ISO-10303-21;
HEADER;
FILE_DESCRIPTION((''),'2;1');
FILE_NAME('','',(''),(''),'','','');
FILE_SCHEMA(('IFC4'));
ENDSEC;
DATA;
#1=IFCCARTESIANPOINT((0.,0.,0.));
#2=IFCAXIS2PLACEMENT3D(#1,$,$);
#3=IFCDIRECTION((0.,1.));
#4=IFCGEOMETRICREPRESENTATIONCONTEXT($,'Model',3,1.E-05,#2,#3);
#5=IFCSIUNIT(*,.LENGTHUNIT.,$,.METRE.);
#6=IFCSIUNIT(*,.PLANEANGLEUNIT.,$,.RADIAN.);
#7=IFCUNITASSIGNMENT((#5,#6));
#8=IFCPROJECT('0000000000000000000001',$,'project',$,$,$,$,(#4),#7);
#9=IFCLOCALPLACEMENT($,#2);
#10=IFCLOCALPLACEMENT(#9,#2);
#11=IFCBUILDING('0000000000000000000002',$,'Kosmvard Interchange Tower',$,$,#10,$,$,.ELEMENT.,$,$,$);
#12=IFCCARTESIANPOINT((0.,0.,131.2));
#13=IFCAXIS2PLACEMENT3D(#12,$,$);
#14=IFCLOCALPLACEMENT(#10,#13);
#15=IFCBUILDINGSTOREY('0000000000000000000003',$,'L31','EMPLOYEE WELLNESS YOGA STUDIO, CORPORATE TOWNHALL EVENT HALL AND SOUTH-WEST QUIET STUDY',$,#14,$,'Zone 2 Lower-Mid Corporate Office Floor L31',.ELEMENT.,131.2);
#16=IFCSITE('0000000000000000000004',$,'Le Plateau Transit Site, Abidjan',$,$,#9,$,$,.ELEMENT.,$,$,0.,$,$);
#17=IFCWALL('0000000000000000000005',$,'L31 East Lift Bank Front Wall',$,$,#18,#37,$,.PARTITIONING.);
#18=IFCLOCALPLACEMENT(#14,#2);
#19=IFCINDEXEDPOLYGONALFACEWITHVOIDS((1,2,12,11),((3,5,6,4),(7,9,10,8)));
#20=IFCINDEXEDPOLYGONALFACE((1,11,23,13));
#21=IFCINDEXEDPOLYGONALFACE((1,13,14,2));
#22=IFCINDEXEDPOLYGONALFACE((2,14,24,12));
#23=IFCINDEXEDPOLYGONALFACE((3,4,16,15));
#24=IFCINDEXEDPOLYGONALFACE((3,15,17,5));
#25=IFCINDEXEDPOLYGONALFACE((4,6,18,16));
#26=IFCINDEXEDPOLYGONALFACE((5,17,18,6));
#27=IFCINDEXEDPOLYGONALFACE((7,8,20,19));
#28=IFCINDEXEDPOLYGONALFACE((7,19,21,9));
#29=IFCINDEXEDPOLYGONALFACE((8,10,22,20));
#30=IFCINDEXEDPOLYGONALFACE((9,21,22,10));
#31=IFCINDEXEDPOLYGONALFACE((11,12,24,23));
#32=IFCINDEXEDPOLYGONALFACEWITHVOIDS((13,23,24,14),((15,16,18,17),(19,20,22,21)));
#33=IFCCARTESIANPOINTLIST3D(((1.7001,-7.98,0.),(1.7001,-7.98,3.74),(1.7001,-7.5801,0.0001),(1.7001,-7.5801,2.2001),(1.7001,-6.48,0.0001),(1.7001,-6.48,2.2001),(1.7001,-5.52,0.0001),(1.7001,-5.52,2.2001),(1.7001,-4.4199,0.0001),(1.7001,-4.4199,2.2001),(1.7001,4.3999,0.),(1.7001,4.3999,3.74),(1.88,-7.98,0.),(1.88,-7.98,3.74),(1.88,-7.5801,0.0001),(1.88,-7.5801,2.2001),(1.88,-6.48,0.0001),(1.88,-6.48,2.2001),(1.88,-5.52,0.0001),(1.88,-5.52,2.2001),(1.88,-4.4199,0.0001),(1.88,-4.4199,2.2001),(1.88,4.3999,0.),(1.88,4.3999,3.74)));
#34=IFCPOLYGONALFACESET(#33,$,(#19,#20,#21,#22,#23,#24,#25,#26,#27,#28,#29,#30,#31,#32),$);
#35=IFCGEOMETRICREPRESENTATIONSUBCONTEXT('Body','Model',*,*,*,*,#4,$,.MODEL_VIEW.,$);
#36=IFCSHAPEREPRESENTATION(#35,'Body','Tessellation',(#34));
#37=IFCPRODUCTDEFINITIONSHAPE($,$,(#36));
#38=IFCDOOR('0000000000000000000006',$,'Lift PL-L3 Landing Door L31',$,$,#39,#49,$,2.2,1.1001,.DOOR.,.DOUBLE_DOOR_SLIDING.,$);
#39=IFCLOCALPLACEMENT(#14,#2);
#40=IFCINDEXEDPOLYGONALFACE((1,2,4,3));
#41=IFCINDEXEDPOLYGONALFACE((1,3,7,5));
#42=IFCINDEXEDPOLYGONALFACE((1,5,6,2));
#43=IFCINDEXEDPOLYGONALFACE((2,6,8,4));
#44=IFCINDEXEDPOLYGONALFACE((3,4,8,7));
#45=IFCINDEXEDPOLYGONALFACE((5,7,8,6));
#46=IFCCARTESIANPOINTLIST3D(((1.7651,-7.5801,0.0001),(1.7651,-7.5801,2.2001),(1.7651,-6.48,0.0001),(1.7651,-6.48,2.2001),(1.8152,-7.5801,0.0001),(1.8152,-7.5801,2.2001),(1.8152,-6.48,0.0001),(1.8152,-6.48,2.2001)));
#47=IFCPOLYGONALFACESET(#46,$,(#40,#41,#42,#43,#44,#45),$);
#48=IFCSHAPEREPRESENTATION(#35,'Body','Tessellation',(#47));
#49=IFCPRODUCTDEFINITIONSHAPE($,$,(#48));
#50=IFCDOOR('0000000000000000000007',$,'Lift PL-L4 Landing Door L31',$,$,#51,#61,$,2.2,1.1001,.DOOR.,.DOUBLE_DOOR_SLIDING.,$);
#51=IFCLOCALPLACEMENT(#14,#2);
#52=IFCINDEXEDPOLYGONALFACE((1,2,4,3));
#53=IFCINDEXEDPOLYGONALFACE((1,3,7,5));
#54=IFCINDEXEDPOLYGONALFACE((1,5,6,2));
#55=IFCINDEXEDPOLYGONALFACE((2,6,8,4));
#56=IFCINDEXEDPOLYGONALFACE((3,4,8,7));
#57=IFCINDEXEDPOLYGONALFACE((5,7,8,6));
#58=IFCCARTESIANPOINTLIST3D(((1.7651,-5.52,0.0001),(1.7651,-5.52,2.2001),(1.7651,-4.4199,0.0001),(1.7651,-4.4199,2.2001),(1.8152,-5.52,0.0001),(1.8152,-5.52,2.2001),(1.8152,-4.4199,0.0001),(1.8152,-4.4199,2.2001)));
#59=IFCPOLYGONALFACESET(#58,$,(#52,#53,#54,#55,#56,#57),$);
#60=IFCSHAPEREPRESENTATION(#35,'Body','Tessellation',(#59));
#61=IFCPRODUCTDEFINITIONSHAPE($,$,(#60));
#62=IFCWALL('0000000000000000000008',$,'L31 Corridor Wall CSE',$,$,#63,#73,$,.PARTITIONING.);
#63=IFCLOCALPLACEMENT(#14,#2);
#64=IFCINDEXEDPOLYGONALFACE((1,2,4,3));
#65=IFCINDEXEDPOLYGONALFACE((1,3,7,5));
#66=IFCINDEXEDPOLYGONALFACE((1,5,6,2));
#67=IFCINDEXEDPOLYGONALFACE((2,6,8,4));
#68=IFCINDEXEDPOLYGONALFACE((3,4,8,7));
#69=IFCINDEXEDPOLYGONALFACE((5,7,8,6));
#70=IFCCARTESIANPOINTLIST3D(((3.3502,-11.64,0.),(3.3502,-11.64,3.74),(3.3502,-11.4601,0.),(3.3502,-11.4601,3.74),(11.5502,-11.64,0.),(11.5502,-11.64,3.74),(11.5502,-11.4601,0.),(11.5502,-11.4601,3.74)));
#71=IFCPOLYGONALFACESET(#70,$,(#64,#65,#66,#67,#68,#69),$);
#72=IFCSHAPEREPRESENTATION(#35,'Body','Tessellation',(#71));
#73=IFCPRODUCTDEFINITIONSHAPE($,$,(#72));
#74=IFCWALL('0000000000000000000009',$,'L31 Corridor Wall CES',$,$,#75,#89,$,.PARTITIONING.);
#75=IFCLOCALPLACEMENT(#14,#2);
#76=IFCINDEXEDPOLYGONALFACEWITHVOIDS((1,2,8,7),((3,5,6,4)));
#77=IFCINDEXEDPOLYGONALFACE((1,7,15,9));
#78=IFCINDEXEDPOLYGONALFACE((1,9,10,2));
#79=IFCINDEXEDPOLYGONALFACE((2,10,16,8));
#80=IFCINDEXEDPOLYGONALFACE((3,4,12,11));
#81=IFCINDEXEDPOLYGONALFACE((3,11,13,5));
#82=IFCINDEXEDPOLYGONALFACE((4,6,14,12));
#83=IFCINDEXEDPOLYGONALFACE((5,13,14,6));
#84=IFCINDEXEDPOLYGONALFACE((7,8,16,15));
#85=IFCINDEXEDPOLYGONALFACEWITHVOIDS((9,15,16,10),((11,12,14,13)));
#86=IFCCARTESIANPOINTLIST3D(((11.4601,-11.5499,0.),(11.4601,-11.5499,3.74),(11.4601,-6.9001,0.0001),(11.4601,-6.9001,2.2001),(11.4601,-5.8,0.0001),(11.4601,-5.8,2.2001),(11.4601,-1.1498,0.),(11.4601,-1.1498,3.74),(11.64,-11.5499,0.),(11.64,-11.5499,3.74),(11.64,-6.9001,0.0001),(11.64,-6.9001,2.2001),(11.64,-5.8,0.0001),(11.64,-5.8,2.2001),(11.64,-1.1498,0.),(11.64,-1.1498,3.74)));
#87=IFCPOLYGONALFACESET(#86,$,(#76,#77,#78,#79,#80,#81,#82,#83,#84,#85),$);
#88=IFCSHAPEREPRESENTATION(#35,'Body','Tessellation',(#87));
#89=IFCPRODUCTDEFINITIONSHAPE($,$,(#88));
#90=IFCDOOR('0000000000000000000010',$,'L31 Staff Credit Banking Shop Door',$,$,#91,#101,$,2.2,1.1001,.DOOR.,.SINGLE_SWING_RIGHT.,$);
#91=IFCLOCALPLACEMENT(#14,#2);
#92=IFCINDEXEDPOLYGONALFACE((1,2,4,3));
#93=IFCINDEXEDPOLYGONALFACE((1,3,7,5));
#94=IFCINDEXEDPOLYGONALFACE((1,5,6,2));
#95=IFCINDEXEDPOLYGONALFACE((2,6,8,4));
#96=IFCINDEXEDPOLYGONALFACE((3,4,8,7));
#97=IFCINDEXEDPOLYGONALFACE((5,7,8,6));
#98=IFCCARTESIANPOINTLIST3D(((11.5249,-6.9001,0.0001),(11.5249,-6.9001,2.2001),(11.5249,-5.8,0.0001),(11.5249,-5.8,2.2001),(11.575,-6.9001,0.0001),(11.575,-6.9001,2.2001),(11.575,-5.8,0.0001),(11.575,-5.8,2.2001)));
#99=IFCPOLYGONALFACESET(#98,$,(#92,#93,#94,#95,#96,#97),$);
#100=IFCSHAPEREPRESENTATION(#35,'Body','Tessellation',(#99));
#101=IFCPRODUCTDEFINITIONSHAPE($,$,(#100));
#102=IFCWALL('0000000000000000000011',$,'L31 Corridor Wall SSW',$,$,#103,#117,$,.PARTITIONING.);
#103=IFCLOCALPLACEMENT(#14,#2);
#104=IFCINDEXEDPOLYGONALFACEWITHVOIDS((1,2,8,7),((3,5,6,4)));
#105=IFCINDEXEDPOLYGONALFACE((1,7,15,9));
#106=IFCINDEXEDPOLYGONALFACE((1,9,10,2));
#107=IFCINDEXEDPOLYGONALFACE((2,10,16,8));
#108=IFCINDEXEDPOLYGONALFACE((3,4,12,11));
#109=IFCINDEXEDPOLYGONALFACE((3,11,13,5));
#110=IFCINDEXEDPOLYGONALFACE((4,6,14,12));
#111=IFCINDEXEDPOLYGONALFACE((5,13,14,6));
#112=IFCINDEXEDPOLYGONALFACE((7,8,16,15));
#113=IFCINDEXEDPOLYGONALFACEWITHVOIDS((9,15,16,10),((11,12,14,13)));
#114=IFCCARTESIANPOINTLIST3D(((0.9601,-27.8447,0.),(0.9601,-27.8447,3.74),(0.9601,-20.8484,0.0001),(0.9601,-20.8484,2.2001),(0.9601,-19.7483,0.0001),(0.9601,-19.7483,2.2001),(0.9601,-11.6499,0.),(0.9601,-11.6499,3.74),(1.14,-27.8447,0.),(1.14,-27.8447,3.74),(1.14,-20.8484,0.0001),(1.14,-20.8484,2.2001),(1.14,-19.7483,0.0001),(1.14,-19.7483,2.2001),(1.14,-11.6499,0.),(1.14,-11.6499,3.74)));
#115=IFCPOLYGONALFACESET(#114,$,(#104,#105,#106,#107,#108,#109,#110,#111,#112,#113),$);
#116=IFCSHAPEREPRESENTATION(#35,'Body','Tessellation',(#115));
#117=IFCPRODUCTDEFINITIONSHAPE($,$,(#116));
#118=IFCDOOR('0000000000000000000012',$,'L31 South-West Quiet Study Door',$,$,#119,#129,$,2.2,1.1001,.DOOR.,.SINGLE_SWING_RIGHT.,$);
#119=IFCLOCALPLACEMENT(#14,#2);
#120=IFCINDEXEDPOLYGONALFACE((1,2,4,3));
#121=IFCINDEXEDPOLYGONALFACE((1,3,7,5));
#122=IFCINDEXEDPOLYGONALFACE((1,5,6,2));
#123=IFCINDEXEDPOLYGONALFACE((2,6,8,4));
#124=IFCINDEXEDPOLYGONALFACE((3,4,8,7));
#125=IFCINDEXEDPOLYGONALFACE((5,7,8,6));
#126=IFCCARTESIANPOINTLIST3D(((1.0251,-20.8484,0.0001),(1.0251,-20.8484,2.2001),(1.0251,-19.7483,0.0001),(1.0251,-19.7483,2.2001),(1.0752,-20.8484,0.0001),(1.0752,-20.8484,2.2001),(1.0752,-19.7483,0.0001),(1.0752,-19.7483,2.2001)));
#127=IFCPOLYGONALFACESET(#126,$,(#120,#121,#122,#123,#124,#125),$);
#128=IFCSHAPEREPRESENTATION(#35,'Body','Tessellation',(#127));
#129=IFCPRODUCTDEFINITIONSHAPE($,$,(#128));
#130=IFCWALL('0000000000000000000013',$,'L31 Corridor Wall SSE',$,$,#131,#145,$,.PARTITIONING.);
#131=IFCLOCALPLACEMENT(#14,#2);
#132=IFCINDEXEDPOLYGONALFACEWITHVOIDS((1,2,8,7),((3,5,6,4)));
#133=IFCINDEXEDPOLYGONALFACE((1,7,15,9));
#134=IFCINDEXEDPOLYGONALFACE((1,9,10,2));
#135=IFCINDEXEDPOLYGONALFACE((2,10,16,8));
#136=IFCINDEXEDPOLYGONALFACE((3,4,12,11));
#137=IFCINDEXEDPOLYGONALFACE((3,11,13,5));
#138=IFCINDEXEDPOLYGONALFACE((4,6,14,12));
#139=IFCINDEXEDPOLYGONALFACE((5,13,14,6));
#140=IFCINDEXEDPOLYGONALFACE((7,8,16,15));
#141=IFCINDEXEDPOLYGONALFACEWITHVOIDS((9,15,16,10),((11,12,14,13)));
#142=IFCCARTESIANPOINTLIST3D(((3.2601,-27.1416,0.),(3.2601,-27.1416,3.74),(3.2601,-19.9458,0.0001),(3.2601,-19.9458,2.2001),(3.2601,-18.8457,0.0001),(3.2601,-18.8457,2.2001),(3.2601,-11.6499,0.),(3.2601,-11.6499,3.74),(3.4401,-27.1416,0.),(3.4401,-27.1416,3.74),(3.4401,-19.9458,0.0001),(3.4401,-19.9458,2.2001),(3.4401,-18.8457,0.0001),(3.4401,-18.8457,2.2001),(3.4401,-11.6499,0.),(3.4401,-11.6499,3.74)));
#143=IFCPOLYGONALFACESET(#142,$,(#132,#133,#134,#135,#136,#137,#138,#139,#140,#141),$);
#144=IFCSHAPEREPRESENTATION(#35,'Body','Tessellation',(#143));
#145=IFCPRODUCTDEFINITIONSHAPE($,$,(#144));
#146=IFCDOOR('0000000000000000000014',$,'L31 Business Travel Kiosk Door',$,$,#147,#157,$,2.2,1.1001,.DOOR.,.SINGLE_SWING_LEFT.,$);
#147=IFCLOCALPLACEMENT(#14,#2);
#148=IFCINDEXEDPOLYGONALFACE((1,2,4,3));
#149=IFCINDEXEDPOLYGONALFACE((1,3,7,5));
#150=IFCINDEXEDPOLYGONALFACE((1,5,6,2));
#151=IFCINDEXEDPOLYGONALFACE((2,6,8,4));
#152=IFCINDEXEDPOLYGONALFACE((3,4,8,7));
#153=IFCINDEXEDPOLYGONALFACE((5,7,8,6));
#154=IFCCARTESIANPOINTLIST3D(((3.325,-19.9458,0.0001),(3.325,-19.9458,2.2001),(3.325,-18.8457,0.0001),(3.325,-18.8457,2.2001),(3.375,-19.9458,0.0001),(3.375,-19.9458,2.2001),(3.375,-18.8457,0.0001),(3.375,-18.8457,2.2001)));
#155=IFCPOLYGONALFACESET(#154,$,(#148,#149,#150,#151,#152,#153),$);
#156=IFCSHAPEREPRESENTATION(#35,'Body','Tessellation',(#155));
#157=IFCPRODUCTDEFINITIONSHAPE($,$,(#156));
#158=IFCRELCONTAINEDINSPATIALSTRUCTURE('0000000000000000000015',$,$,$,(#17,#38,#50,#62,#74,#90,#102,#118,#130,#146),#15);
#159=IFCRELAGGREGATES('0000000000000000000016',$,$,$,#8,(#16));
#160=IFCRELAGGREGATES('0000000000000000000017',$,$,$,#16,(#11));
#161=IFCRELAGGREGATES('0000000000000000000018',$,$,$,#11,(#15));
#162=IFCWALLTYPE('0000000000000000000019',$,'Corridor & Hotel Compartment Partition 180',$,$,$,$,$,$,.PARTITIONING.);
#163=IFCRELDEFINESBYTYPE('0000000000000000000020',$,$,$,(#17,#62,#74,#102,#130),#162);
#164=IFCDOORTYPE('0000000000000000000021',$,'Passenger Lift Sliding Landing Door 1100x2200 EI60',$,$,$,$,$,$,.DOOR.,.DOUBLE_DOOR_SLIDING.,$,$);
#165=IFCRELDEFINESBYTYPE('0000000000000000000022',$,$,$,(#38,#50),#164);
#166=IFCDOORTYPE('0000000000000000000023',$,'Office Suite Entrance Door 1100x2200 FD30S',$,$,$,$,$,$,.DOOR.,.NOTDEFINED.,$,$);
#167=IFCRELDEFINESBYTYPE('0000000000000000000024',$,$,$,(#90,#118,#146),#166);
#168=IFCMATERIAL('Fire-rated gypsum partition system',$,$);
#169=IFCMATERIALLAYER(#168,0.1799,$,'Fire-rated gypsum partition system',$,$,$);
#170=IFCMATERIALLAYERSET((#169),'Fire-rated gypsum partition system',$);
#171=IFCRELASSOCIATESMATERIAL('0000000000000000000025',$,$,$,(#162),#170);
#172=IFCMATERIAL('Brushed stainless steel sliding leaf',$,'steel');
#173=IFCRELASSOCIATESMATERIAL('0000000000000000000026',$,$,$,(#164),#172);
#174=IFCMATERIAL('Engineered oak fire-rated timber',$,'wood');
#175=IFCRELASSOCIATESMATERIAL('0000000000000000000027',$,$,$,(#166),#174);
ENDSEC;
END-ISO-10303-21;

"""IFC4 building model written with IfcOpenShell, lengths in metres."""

from ifc_helpers import new_model, si_unit, direction, frame, frame_2d, origin, place, context, subcontext, project, spatial, rectangle, extrude, source, transform, mapped, material, layer, layer_set, type_object, element, fill, save


model = new_model("IFC4")

# Units and contexts
model_context = context("Model", 3, precision=1e-05, world=origin(), true_north=direction((0.0, 1.0)))
body_context = subcontext(model_context, "Body", "Model", "MODEL_VIEW")
ifc_project = project(units=[si_unit("LENGTHUNIT", "METRE"), si_unit("PLANEANGLEUNIT", "RADIAN")], contexts=[model_context])

# Site, building, storey
site_placement = place(None, origin())
site = spatial("IfcSite", under=ifc_project, at=site_placement, Name="Le Plateau Transit Site, Abidjan", CompositionType="ELEMENT", RefElevation=0.0)
building_placement = place(site_placement, origin())
building = spatial("IfcBuilding", under=site, at=building_placement, Name="Kosmvard Interchange Tower", CompositionType="ELEMENT")
storey_placement = place(building_placement, frame((0.0, 0.0, 131.2)))
storey = spatial("IfcBuildingStorey", under=building, at=storey_placement, Name="L31", Description="EMPLOYEE WELLNESS YOGA STUDIO, CORPORATE TOWNHALL EVENT HALL AND SOUTH-WEST QUIET STUDY", LongName="Zone 2 Lower-Mid Corporate Office Floor L31", CompositionType="ELEMENT", Elevation=131.2)

# Wall, openings, doors
ifc_material_1 = material(Name="Fire-rated gypsum partition system")
ifc_layer_1 = layer(ifc_material_1, 0.1799, Name="Fire-rated gypsum partition system")
ifc_layer_set_1 = layer_set([ifc_layer_1], Name="Fire-rated gypsum partition system")
wall_type_1 = type_object("IfcWallType", Name="Corridor & Hotel Compartment Partition 180", PredefinedType="PARTITIONING", material=ifc_layer_set_1)
wall_1_placement = place(storey_placement, frame((1.79, -7.98, 0.0), z_axis=(0.0, 0.0, 1.0), x_axis=(0.0, 1.0, 0.0)))
wall_1 = element("IfcWall", 1, at=wall_1_placement, inside=storey, type_object=wall_type_1, Name="L31 East Lift Bank Front Wall", PredefinedType="PARTITIONING", context=body_context, shape_type="SweptSolid", body=[
    extrude(rectangle(XDim=12.3799, YDim=0.1799, at=frame_2d((6.1899, 0.0))), origin(), (0.0, 0.0, 1.0), 3.74),
])
opening_1_placement = place(wall_1_placement, frame((0.3999, 0.0, 0.0)))
opening_1 = element("IfcOpeningElement", 2, at=opening_1_placement, cuts=wall_1, PredefinedType="OPENING", context=body_context, shape_type="SweptSolid", body=[
    extrude(rectangle(XDim=1.1001, YDim=2.2, at=frame_2d((0.55, 1.1001))), frame((0.0, 0.1001, 0.0), z_axis=(0.0, -1.0, 0.0), x_axis=(1.0, 0.0, 0.0)), (0.0, 0.0, 1.0), 0.2),
])
opening_2_placement = place(wall_1_placement, frame((2.46, 0.0, 0.0)))
opening_2 = element("IfcOpeningElement", 3, at=opening_2_placement, cuts=wall_1, PredefinedType="OPENING", context=body_context, shape_type="SweptSolid", body=[
    extrude(rectangle(XDim=1.1001, YDim=2.2, at=frame_2d((0.55, 1.1001))), frame((0.0, 0.1001, 0.0), z_axis=(0.0, -1.0, 0.0), x_axis=(1.0, 0.0, 0.0)), (0.0, 0.0, 1.0), 0.2),
])
ifc_material_2 = material(Name="Brushed stainless steel sliding leaf", Category="steel")
door_type_1 = type_object("IfcDoorType", Name="Passenger Lift Sliding Landing Door 1100x2200 EI60", OperationType="DOUBLE_DOOR_SLIDING", PredefinedType="DOOR", material=ifc_material_2)
shared_shape_1 = source(origin(), body_context, "Body", "SweptSolid", [
    extrude(rectangle(XDim=1.1001, YDim=2.2, at=frame_2d((0.55, 1.1001))), frame((0.0, 0.0249, 0.0), z_axis=(0.0, -1.0, 0.0), x_axis=(1.0, 0.0, 0.0)), (0.0, 0.0, 1.0), 0.05),
])
door_1_placement = place(opening_1_placement, origin())
door_1 = element("IfcDoor", 4, at=door_1_placement, inside=storey, type_object=door_type_1, Name="Lift PL-L3 Landing Door L31", OperationType="DOUBLE_DOOR_SLIDING", OverallHeight=2.2, OverallWidth=1.1001, PredefinedType="DOOR", context=body_context, shape_type="MappedRepresentation", body=[
    mapped(shared_shape_1, transform((0.0, 0.0, 0.0), scale=1.0)),
])
fill(opening_1, door_1)
door_2_placement = place(opening_2_placement, origin())
door_2 = element("IfcDoor", 5, at=door_2_placement, inside=storey, type_object=door_type_1, Name="Lift PL-L4 Landing Door L31", OperationType="DOUBLE_DOOR_SLIDING", OverallHeight=2.2, OverallWidth=1.1001, PredefinedType="DOOR", context=body_context, shape_type="MappedRepresentation", body=[
    mapped(shared_shape_1, transform((0.0, 0.0, 0.0), scale=1.0)),
])
fill(opening_2, door_2)

# Wall
wall_2_placement = place(storey_placement, frame((3.3501, -11.55, 0.0), z_axis=(0.0, 0.0, 1.0), x_axis=(1.0, 0.0, 0.0)))
element("IfcWall", 6, at=wall_2_placement, inside=storey, type_object=wall_type_1, Name="L31 Corridor Wall CSE", PredefinedType="PARTITIONING", context=body_context, shape_type="SweptSolid", body=[
    extrude(rectangle(XDim=8.2, YDim=0.1799, at=frame_2d((4.1001, 0.0))), origin(), (0.0, 0.0, 1.0), 3.74),
])

# Walls, openings, doors
wall_3_placement = place(storey_placement, frame((11.55, -11.55, 0.0), z_axis=(0.0, 0.0, 1.0), x_axis=(0.0, 1.0, 0.0)))
wall_3 = element("IfcWall", 7, at=wall_3_placement, inside=storey, type_object=wall_type_1, Name="L31 Corridor Wall CES", PredefinedType="PARTITIONING", context=body_context, shape_type="SweptSolid", body=[
    extrude(rectangle(XDim=10.4001, YDim=0.1799, at=frame_2d((5.2002, 0.0))), origin(), (0.0, 0.0, 1.0), 3.74),
])
opening_3_placement = place(wall_3_placement, frame((4.6499, 0.0, 0.0)))
opening_3 = element("IfcOpeningElement", 8, at=opening_3_placement, cuts=wall_3, PredefinedType="OPENING", context=body_context, shape_type="SweptSolid", body=[
    extrude(rectangle(XDim=1.1001, YDim=2.2, at=frame_2d((0.55, 1.1001))), frame((0.0, 0.1001, 0.0), z_axis=(0.0, -1.0, 0.0), x_axis=(1.0, 0.0, 0.0)), (0.0, 0.0, 1.0), 0.2),
])
ifc_material_3 = material(Name="Engineered oak fire-rated timber", Category="wood")
door_type_2 = type_object("IfcDoorType", Name="Office Suite Entrance Door 1100x2200 FD30S", OperationType="NOTDEFINED", PredefinedType="DOOR", material=ifc_material_3)
door_3_placement = place(opening_3_placement, frame((1.1001, 0.0, 0.0), z_axis=(0.0, 0.0, 1.0), x_axis=(-1.0, 0.0, 0.0)))
door_3 = element("IfcDoor", 9, at=door_3_placement, inside=storey, type_object=door_type_2, Name="L31 Staff Credit Banking Shop Door", OperationType="SINGLE_SWING_RIGHT", OverallHeight=2.2, OverallWidth=1.1001, PredefinedType="DOOR", context=body_context, shape_type="MappedRepresentation", body=[
    mapped(shared_shape_1, transform((0.0, 0.0, 0.0), scale=1.0)),
])
fill(opening_3, door_3)
wall_4_placement = place(storey_placement, frame((1.05, -27.8447, 0.0), z_axis=(0.0, 0.0, 1.0), x_axis=(0.0, 1.0, 0.0)))
wall_4 = element("IfcWall", 10, at=wall_4_placement, inside=storey, type_object=wall_type_1, Name="L31 Corridor Wall SSW", PredefinedType="PARTITIONING", context=body_context, shape_type="SweptSolid", body=[
    extrude(rectangle(XDim=16.1948, YDim=0.1799, at=frame_2d((8.0974, 0.0))), origin(), (0.0, 0.0, 1.0), 3.74),
])
opening_4_placement = place(wall_4_placement, frame((6.9963, 0.0, 0.0)))
opening_4 = element("IfcOpeningElement", 11, at=opening_4_placement, cuts=wall_4, PredefinedType="OPENING", context=body_context, shape_type="SweptSolid", body=[
    extrude(rectangle(XDim=1.1001, YDim=2.2, at=frame_2d((0.55, 1.1001))), frame((0.0, 0.1001, 0.0), z_axis=(0.0, -1.0, 0.0), x_axis=(1.0, 0.0, 0.0)), (0.0, 0.0, 1.0), 0.2),
])
door_4_placement = place(opening_4_placement, origin())
door_4 = element("IfcDoor", 12, at=door_4_placement, inside=storey, type_object=door_type_2, Name="L31 South-West Quiet Study Door", OperationType="SINGLE_SWING_RIGHT", OverallHeight=2.2, OverallWidth=1.1001, PredefinedType="DOOR", context=body_context, shape_type="MappedRepresentation", body=[
    mapped(shared_shape_1, transform((0.0, 0.0, 0.0), scale=1.0)),
])
fill(opening_4, door_4)
wall_5_placement = place(storey_placement, frame((3.3501, -27.1416, 0.0), z_axis=(0.0, 0.0, 1.0), x_axis=(0.0, 1.0, 0.0)))
wall_5 = element("IfcWall", 13, at=wall_5_placement, inside=storey, type_object=wall_type_1, Name="L31 Corridor Wall SSE", PredefinedType="PARTITIONING", context=body_context, shape_type="SweptSolid", body=[
    extrude(rectangle(XDim=15.4917, YDim=0.1799, at=frame_2d((7.7458, 0.0))), origin(), (0.0, 0.0, 1.0), 3.74),
])
opening_5_placement = place(wall_5_placement, frame((7.1958, 0.0, 0.0)))
opening_5 = element("IfcOpeningElement", 14, at=opening_5_placement, cuts=wall_5, PredefinedType="OPENING", context=body_context, shape_type="SweptSolid", body=[
    extrude(rectangle(XDim=1.1001, YDim=2.2, at=frame_2d((0.55, 1.1001))), frame((0.0, 0.1001, 0.0), z_axis=(0.0, -1.0, 0.0), x_axis=(1.0, 0.0, 0.0)), (0.0, 0.0, 1.0), 0.2),
])
door_5_placement = place(opening_5_placement, frame((1.1001, 0.0, 0.0), z_axis=(0.0, 0.0, 1.0), x_axis=(-1.0, 0.0, 0.0)))
door_5 = element("IfcDoor", 15, at=door_5_placement, inside=storey, type_object=door_type_2, Name="L31 Business Travel Kiosk Door", OperationType="SINGLE_SWING_LEFT", OverallHeight=2.2, OverallWidth=1.1001, PredefinedType="DOOR", context=body_context, shape_type="MappedRepresentation", body=[
    mapped(shared_shape_1, transform((0.0, 0.0, 0.0), scale=1.0)),
])
fill(opening_5, door_5)

save(model, "model.ifc")
